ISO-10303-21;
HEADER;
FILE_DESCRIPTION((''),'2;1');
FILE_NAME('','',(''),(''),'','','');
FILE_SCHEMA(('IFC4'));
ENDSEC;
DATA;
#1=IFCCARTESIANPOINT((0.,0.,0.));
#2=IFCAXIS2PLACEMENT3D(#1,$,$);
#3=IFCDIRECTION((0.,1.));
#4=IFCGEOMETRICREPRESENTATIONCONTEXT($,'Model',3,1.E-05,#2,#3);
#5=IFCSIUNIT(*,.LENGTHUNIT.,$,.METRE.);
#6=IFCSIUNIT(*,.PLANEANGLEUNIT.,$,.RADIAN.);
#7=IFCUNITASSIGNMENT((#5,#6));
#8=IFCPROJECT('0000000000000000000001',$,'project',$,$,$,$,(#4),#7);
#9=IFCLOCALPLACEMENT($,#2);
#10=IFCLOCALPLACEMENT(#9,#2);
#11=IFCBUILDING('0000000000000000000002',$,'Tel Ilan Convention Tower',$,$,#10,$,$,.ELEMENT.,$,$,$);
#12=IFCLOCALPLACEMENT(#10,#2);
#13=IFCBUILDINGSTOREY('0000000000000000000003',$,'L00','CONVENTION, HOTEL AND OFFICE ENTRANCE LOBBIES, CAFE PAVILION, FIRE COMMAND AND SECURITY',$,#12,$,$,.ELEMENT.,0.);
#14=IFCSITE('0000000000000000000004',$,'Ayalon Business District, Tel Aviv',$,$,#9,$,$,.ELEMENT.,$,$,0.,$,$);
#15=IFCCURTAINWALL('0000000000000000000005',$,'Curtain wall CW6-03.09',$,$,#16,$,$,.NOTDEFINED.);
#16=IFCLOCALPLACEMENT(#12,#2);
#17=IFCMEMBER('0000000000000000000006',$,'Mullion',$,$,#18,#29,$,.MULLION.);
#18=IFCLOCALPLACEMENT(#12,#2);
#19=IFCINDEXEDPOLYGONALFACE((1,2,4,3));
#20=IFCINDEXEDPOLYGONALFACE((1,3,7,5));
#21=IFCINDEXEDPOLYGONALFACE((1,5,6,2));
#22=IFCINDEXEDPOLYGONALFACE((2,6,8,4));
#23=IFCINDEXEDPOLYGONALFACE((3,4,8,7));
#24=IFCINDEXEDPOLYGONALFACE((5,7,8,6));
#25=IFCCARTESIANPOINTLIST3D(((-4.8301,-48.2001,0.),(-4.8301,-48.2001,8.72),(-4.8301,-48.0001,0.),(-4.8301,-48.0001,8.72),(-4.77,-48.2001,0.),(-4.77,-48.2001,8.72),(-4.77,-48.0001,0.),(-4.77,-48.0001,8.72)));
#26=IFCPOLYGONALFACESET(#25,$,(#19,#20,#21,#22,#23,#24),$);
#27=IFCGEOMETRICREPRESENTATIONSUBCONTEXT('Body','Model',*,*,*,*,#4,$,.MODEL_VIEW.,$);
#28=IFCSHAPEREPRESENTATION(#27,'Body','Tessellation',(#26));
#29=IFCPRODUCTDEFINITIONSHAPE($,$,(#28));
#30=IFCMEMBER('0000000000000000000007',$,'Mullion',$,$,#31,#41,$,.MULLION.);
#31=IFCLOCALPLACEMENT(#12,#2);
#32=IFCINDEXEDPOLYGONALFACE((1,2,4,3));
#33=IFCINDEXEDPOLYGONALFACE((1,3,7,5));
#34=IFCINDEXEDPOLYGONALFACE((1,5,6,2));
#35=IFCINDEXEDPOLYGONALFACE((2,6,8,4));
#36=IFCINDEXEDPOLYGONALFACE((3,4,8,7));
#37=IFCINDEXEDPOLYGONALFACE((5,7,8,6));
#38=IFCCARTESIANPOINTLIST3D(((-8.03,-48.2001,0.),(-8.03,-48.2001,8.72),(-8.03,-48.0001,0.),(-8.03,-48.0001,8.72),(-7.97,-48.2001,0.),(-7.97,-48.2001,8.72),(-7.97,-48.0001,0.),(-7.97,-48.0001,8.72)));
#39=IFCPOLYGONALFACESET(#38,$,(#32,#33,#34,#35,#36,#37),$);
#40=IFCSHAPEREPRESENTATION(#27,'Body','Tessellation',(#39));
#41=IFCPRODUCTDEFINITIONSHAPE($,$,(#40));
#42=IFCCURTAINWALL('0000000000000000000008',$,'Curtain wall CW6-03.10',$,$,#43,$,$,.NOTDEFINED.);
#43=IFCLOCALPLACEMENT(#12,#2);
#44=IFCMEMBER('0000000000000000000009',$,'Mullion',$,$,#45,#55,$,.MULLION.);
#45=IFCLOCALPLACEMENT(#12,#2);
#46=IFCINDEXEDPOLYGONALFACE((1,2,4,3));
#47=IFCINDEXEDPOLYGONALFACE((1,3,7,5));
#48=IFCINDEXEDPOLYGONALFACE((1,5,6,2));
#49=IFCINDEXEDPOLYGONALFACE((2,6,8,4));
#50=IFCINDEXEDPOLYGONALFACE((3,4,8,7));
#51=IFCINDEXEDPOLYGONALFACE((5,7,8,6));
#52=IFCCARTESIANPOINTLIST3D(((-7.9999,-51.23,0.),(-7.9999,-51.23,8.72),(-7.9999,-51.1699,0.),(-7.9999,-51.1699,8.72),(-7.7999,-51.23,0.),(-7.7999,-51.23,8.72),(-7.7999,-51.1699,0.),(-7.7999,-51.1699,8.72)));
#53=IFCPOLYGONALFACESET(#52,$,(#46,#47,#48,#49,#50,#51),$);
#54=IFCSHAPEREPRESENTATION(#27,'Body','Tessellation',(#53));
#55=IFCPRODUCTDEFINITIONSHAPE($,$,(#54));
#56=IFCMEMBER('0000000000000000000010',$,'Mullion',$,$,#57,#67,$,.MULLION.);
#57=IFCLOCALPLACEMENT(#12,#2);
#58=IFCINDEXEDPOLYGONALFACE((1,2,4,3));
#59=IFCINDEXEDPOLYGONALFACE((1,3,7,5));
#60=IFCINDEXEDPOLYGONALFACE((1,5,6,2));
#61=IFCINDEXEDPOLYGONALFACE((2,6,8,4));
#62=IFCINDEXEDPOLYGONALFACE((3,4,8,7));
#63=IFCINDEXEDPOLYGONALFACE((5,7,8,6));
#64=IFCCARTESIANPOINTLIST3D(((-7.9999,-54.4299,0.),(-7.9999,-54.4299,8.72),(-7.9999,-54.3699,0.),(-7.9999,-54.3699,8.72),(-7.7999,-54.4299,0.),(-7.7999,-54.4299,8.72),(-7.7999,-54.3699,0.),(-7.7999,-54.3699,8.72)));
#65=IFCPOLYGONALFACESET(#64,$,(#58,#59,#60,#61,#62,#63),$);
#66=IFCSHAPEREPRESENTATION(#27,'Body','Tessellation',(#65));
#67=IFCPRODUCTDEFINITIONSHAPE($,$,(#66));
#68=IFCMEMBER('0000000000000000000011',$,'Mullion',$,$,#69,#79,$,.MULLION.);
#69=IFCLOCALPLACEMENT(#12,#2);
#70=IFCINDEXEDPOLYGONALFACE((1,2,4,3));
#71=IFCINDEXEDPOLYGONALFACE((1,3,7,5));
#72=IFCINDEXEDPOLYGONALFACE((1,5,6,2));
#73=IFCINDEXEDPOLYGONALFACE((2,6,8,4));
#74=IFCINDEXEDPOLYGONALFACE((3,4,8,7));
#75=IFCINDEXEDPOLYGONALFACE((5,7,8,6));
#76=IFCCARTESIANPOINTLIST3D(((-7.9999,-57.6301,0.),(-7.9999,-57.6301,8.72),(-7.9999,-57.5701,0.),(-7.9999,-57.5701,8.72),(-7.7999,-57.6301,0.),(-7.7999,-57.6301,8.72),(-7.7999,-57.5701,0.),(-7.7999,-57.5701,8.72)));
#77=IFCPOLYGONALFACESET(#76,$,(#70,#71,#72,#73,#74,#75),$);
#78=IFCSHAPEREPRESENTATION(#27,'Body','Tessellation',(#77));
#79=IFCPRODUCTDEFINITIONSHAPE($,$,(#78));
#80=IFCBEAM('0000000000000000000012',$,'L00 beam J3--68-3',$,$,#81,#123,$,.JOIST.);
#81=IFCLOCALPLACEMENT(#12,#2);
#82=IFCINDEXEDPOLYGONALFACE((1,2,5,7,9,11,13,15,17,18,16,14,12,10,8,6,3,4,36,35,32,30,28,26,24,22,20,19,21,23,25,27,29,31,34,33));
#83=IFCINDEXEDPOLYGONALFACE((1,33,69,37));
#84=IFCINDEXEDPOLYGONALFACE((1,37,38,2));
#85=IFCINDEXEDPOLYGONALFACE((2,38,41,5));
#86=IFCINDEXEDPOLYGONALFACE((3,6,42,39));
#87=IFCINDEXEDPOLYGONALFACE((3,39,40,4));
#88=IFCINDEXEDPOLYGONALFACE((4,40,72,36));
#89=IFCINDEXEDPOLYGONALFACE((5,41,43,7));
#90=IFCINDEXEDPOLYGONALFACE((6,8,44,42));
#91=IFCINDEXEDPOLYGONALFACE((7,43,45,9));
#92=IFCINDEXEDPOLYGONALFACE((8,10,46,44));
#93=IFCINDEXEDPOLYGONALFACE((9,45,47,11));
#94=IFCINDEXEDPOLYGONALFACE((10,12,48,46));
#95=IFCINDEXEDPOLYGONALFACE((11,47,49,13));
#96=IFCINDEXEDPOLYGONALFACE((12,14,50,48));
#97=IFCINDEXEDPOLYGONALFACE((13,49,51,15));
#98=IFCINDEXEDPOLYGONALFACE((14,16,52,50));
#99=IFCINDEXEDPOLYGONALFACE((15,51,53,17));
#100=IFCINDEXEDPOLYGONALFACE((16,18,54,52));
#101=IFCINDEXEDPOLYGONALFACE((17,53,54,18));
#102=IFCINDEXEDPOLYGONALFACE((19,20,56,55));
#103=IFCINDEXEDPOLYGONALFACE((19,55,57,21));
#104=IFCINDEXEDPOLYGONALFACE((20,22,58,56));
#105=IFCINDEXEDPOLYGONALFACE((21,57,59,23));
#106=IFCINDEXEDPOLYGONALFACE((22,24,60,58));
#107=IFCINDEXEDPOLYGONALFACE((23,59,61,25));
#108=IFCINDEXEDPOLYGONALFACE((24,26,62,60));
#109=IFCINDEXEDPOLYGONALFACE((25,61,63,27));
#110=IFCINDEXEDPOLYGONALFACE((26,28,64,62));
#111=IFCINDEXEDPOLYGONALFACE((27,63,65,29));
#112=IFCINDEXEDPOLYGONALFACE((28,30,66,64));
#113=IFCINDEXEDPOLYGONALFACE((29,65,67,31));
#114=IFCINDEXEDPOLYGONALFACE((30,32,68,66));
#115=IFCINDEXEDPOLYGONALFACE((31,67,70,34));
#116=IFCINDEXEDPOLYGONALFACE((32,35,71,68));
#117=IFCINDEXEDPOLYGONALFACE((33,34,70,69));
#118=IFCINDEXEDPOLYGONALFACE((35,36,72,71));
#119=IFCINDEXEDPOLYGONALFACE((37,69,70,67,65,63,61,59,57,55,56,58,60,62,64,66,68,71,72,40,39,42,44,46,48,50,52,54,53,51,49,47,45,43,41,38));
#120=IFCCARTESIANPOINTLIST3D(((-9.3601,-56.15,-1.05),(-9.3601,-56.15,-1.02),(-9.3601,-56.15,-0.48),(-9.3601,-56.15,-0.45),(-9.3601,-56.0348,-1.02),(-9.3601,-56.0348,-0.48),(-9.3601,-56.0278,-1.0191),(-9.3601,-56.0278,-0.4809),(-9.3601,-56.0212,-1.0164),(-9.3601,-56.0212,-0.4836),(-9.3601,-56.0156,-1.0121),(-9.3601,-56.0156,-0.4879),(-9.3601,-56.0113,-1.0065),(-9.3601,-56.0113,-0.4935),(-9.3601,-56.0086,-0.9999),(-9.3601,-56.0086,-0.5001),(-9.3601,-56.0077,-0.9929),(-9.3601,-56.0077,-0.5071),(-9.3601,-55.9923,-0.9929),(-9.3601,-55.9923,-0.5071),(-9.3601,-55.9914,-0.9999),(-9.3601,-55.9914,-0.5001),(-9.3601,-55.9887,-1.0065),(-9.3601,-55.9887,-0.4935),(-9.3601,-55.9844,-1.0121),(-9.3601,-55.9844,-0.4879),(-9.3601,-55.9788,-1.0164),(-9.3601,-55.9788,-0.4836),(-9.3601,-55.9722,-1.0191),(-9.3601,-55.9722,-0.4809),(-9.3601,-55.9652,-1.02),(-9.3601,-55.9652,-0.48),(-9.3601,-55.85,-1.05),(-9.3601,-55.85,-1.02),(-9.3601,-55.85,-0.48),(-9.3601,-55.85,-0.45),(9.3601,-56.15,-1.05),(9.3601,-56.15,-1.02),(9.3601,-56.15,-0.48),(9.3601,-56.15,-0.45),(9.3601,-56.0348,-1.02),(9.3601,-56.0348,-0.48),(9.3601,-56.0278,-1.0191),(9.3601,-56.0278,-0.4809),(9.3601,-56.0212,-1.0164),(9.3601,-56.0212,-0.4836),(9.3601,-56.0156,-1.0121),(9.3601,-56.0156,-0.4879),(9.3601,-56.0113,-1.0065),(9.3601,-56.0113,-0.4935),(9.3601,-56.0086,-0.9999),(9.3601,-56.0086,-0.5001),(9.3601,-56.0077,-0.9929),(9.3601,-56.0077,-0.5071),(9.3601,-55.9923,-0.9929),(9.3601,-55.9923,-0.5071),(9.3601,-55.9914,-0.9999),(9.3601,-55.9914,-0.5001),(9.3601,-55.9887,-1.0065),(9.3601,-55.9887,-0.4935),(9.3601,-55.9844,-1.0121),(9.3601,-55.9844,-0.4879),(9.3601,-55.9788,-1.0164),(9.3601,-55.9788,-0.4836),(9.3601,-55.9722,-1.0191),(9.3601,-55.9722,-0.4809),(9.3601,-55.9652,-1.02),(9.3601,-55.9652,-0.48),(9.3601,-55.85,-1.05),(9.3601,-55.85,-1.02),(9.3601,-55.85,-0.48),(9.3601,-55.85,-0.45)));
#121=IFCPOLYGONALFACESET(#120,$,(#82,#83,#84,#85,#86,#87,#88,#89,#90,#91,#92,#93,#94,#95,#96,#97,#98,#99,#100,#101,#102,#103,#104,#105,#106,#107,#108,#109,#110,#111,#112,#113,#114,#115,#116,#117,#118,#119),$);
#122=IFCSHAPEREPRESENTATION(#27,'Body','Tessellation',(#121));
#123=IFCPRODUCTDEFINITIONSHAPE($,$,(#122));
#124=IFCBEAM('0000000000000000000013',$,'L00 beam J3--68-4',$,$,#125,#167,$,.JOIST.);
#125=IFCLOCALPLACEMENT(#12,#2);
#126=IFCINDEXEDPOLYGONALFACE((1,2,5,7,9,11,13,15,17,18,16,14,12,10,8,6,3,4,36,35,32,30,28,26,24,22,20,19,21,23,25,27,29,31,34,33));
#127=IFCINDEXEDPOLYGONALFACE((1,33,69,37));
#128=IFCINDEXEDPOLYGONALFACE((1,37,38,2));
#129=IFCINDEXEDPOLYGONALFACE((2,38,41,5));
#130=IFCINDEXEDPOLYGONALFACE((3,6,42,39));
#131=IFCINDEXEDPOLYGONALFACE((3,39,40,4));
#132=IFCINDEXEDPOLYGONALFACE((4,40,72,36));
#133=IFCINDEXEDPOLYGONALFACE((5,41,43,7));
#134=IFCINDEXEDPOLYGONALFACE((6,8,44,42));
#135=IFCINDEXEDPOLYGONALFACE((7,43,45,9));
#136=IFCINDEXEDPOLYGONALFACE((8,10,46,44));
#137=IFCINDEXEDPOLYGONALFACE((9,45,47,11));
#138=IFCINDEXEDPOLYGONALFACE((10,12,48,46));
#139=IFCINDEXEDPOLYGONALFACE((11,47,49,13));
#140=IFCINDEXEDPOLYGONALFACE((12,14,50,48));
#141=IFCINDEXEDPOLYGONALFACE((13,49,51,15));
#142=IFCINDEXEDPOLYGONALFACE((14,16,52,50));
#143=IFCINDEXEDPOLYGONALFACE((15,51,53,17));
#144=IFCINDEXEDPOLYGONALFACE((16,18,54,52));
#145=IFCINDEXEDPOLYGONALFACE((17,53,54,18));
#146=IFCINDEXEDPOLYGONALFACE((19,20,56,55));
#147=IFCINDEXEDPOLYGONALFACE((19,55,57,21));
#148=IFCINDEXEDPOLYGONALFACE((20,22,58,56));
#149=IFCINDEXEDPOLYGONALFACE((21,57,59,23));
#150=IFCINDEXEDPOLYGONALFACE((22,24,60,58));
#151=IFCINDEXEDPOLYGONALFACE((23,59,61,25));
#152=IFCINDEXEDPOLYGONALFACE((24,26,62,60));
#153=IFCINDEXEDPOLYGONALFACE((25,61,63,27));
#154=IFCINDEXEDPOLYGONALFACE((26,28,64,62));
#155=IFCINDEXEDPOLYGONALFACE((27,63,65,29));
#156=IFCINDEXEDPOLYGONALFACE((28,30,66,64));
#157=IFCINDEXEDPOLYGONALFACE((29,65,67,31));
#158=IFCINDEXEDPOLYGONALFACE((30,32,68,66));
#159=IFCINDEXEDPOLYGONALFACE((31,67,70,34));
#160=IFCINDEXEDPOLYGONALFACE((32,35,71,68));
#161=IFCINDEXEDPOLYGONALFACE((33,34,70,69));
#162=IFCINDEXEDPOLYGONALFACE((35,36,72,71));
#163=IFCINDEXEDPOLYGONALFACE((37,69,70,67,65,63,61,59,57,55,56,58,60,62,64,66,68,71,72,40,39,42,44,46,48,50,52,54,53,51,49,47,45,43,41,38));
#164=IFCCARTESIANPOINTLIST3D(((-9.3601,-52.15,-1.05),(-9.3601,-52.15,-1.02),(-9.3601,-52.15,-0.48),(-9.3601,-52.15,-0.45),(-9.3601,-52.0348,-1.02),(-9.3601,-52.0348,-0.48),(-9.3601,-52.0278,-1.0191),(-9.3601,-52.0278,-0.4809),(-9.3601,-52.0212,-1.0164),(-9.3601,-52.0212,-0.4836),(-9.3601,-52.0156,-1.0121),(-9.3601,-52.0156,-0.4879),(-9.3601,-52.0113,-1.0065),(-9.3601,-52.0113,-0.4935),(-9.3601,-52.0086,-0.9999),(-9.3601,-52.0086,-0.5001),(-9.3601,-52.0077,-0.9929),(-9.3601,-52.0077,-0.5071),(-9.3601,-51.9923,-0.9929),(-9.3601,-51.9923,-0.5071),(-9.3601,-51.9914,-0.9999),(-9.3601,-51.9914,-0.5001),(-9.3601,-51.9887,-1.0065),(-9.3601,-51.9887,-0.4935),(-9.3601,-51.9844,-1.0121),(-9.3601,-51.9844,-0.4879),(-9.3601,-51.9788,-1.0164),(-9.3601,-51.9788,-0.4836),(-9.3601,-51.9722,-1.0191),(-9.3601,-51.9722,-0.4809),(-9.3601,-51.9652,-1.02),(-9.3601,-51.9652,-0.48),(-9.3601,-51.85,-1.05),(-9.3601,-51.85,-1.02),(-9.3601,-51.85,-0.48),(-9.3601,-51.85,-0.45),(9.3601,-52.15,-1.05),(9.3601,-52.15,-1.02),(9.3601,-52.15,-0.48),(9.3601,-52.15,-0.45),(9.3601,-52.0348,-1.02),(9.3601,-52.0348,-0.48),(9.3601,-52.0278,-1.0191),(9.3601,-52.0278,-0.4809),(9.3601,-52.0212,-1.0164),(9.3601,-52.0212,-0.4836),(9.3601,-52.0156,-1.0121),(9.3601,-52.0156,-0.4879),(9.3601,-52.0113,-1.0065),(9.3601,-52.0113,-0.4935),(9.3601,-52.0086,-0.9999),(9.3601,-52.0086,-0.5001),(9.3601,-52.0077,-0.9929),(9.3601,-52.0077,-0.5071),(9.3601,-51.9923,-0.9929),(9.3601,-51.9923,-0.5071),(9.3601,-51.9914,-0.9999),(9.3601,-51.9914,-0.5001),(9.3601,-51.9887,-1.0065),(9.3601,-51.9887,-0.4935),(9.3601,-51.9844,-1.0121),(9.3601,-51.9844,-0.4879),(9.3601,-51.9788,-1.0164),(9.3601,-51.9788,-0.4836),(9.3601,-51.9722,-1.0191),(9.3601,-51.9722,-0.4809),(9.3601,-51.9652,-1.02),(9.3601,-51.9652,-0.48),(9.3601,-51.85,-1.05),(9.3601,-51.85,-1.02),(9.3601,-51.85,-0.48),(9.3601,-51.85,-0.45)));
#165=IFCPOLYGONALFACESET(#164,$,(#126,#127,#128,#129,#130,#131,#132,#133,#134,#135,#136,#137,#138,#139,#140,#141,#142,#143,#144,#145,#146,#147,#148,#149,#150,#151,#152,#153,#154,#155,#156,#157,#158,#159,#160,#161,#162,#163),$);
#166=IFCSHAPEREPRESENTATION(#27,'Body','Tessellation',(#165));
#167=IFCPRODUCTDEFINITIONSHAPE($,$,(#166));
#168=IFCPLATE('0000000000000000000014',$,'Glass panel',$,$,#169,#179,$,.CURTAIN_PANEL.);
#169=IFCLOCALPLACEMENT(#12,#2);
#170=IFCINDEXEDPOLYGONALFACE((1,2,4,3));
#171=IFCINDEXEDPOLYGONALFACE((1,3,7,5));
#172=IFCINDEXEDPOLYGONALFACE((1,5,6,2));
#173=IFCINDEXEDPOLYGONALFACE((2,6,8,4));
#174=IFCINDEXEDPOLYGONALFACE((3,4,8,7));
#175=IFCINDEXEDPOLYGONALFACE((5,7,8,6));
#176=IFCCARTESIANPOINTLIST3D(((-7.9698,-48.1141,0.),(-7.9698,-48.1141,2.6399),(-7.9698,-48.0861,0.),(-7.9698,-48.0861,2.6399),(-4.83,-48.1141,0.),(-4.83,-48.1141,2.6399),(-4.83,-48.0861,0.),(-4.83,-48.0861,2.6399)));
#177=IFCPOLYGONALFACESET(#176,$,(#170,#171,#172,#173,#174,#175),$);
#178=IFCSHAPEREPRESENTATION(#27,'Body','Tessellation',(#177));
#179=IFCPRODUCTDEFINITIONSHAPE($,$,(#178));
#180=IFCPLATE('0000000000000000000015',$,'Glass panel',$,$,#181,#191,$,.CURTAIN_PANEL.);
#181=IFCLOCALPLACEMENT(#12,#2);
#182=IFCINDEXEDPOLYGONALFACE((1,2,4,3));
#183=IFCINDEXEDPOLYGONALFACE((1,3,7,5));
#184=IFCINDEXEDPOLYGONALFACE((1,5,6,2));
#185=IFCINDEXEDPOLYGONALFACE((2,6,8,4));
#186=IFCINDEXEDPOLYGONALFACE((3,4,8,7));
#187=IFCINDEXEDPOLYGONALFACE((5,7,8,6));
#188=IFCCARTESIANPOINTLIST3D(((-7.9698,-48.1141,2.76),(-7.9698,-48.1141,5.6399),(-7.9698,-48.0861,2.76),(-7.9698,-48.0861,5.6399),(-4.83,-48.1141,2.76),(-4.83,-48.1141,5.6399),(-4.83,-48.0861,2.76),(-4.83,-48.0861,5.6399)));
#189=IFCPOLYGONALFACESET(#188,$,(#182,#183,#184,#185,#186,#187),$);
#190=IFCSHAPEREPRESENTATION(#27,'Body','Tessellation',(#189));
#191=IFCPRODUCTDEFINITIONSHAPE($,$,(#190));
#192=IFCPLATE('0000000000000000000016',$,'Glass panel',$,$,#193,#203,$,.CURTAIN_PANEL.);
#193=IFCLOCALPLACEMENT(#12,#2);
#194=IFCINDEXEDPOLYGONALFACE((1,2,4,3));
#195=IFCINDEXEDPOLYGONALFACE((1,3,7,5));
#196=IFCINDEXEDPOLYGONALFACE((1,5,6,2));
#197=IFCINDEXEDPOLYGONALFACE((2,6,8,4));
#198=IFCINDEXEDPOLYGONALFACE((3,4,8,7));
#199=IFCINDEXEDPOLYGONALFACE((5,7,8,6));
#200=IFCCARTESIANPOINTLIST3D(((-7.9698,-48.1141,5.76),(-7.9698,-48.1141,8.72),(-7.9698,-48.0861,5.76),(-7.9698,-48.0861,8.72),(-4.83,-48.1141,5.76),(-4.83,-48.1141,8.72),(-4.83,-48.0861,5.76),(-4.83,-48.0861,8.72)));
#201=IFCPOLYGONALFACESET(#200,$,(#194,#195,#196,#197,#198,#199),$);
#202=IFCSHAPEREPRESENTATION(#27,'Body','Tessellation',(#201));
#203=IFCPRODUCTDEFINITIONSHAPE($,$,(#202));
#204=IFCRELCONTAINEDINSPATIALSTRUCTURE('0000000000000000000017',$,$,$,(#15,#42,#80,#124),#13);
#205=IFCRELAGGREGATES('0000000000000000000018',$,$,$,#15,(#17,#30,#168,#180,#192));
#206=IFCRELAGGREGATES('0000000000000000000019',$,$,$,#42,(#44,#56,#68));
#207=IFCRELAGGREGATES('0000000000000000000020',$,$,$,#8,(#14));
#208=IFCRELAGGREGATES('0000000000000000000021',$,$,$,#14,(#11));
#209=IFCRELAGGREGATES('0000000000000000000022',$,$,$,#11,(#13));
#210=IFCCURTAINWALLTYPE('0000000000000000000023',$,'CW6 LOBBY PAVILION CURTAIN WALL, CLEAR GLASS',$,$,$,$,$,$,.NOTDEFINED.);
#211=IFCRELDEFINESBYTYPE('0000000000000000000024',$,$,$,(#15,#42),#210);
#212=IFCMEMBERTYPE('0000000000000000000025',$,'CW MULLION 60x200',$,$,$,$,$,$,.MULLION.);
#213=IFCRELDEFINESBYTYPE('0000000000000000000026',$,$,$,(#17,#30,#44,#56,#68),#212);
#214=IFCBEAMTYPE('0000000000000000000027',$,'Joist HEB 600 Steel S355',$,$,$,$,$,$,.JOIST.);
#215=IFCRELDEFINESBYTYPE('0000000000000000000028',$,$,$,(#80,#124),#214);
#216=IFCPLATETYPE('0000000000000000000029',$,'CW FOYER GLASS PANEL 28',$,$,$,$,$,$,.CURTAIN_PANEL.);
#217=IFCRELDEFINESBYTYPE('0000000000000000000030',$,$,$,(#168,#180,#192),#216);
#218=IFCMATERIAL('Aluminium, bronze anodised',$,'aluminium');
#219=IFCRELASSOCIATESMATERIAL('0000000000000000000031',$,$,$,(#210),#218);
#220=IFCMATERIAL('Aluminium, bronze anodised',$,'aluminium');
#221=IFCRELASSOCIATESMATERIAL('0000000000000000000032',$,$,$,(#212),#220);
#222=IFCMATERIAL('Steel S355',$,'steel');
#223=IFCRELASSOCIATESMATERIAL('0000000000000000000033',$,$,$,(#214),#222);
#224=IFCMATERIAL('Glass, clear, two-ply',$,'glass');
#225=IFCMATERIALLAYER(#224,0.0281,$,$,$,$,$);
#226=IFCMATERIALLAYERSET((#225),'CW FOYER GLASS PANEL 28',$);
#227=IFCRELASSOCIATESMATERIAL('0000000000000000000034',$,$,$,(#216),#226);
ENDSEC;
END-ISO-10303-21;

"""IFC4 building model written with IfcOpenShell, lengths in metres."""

from ifc_helpers import new_model, si_unit, direction, frame, origin, origin_2d, place, context, subcontext, project, spatial, rectangle, i_section, extrude, material, layer, layer_set, material_profile, profile_set, type_object, element, aggregate, save


model = new_model("IFC4")

# Units and contexts
model_context = context("Model", 3, precision=1e-05, world=origin(), true_north=direction((0.0, 1.0)))
body_context = subcontext(model_context, "Body", "Model", "MODEL_VIEW")
ifc_project = project(units=[si_unit("LENGTHUNIT", "METRE"), si_unit("PLANEANGLEUNIT", "RADIAN")], contexts=[model_context])

# Site, building, storey
site_placement = place(None, origin())
site = spatial("IfcSite", under=ifc_project, at=site_placement, Name="Ayalon Business District, Tel Aviv", CompositionType="ELEMENT", RefElevation=0.0)
building_placement = place(site_placement, origin())
building = spatial("IfcBuilding", under=site, at=building_placement, Name="Tel Ilan Convention Tower", CompositionType="ELEMENT")
storey_placement = place(building_placement, origin())
storey = spatial("IfcBuildingStorey", under=building, at=storey_placement, Name="L00", Description="CONVENTION, HOTEL AND OFFICE ENTRANCE LOBBIES, CAFE PAVILION, FIRE COMMAND AND SECURITY", CompositionType="ELEMENT", Elevation=0.0)

# Curtain walls, members
ifc_material_1 = material(Name="Aluminium, bronze anodised", Category="aluminium")
curtain_wall_type = type_object("IfcCurtainWallType", Name="CW6 LOBBY PAVILION CURTAIN WALL, CLEAR GLASS", PredefinedType="NOTDEFINED", material=ifc_material_1)
curtain_wall_1_placement = place(storey_placement, origin())
curtain_wall_1 = element("IfcCurtainWall", 1, at=curtain_wall_1_placement, inside=storey, type_object=curtain_wall_type, Name="Curtain wall CW6-03.09", PredefinedType="NOTDEFINED")
ifc_material_2 = material(Name="Aluminium, bronze anodised", Category="aluminium")
ifc_material_profile_1 = material_profile(ifc_material_2, rectangle(XDim=0.0601, YDim=0.2, at=origin_2d()), Name="CW MULLION 60x200")
ifc_profile_set_1 = profile_set([ifc_material_profile_1], Name="Aluminium, bronze anodised")
member_type = type_object("IfcMemberType", Name="CW MULLION 60x200", PredefinedType="MULLION", material=ifc_profile_set_1)
member_1_placement = place(storey_placement, frame((-4.8, -48.1001, 0.0), z_axis=(0.0, 0.0, 1.0), x_axis=(-1.0, 0.0, 0.0)))
member_1 = element("IfcMember", 2, at=member_1_placement, type_object=member_type, Name="Mullion", PredefinedType="MULLION", context=body_context, shape_type="SweptSolid", body=[
    extrude(rectangle(XDim=0.0601, YDim=0.2, at=origin_2d()), origin(), (0.0, 0.0, 1.0), 8.72),
])
member_2_placement = place(storey_placement, frame((-8.0, -48.1001, 0.0), z_axis=(0.0, 0.0, 1.0), x_axis=(-1.0, 0.0, 0.0)))
member_2 = element("IfcMember", 3, at=member_2_placement, type_object=member_type, Name="Mullion", PredefinedType="MULLION", context=body_context, shape_type="SweptSolid", body=[
    extrude(rectangle(XDim=0.0601, YDim=0.2, at=origin_2d()), origin(), (0.0, 0.0, 1.0), 8.72),
])
curtain_wall_2_placement = place(storey_placement, origin())
curtain_wall_2 = element("IfcCurtainWall", 4, at=curtain_wall_2_placement, inside=storey, type_object=curtain_wall_type, Name="Curtain wall CW6-03.10", PredefinedType="NOTDEFINED")
member_3_placement = place(storey_placement, frame((-7.8999, -51.2, 0.0), z_axis=(0.0, 0.0, 1.0), x_axis=(0.0, -1.0, 0.0)))
member_3 = element("IfcMember", 5, at=member_3_placement, type_object=member_type, Name="Mullion", PredefinedType="MULLION", context=body_context, shape_type="SweptSolid", body=[
    extrude(rectangle(XDim=0.0601, YDim=0.2, at=origin_2d()), origin(), (0.0, 0.0, 1.0), 8.72),
])
member_4_placement = place(storey_placement, frame((-7.8999, -54.3999, 0.0), z_axis=(0.0, 0.0, 1.0), x_axis=(0.0, -1.0, 0.0)))
member_4 = element("IfcMember", 6, at=member_4_placement, type_object=member_type, Name="Mullion", PredefinedType="MULLION", context=body_context, shape_type="SweptSolid", body=[
    extrude(rectangle(XDim=0.0601, YDim=0.2, at=origin_2d()), origin(), (0.0, 0.0, 1.0), 8.72),
])
member_5_placement = place(storey_placement, frame((-7.8999, -57.6001, 0.0), z_axis=(0.0, 0.0, 1.0), x_axis=(0.0, -1.0, 0.0)))
member_5 = element("IfcMember", 7, at=member_5_placement, type_object=member_type, Name="Mullion", PredefinedType="MULLION", context=body_context, shape_type="SweptSolid", body=[
    extrude(rectangle(XDim=0.0601, YDim=0.2, at=origin_2d()), origin(), (0.0, 0.0, 1.0), 8.72),
])

# Beams
ifc_material_3 = material(Name="Steel S355", Category="steel")
ifc_material_profile_2 = material_profile(ifc_material_3, i_section(OverallWidth=0.3, OverallDepth=0.6001, WebThickness=0.0154, FlangeThickness=0.03, FilletRadius=0.0271, at=origin_2d()), Name="HEB 600")
ifc_profile_set_2 = profile_set([ifc_material_profile_2], Name="Steel S355")
beam_type = type_object("IfcBeamType", Name="Joist HEB 600 Steel S355", PredefinedType="JOIST", material=ifc_profile_set_2)
for number, where, z_axis, x_axis, name in (
    (8, (-9.3601, -56.0, -0.75), (1.0, 0.0, 0.0), (0.0, 1.0, 0.0), "L00 beam J3--68-3"),
    (9, (-9.3601, -52.0, -0.75), (1.0, 0.0, 0.0), (0.0, 1.0, 0.0), "L00 beam J3--68-4"),
):
    element("IfcBeam", number, at=place(storey_placement, frame(where, z_axis=z_axis, x_axis=x_axis)), inside=storey, type_object=beam_type, Name=name, PredefinedType="JOIST", context=body_context, shape_type="SweptSolid", body=[
        extrude(i_section(OverallWidth=0.3, OverallDepth=0.6001, WebThickness=0.0154, FlangeThickness=0.03, FilletRadius=0.0271, at=origin_2d()), origin(), (0.0, 0.0, 1.0), 18.7202),
    ])

# Plates
ifc_material_4 = material(Name="Glass, clear, two-ply", Category="glass")
ifc_layer = layer(ifc_material_4, 0.0281)
ifc_layer_set = layer_set([ifc_layer], Name="CW FOYER GLASS PANEL 28")
plate_type = type_object("IfcPlateType", Name="CW FOYER GLASS PANEL 28", PredefinedType="CURTAIN_PANEL", material=ifc_layer_set)
plate_1_placement = place(storey_placement, frame((-6.3999, -48.1001, 0.0), z_axis=(0.0, 0.0, 1.0), x_axis=(-1.0, 0.0, 0.0)))
plate_1 = element("IfcPlate", 10, at=plate_1_placement, type_object=plate_type, Name="Glass panel", PredefinedType="CURTAIN_PANEL", context=body_context, shape_type="SweptSolid", body=[
    extrude(rectangle(XDim=3.1399, YDim=0.0281, at=origin_2d()), origin(), (0.0, 0.0, 1.0), 2.6399),
])
plate_2_placement = place(storey_placement, frame((-6.3999, -48.1001, 2.76), z_axis=(0.0, 0.0, 1.0), x_axis=(-1.0, 0.0, 0.0)))
plate_2 = element("IfcPlate", 11, at=plate_2_placement, type_object=plate_type, Name="Glass panel", PredefinedType="CURTAIN_PANEL", context=body_context, shape_type="SweptSolid", body=[
    extrude(rectangle(XDim=3.1399, YDim=0.0281, at=origin_2d()), origin(), (0.0, 0.0, 1.0), 2.8799),
])
plate_3_placement = place(storey_placement, frame((-6.3999, -48.1001, 5.76), z_axis=(0.0, 0.0, 1.0), x_axis=(-1.0, 0.0, 0.0)))
plate_3 = element("IfcPlate", 12, at=plate_3_placement, type_object=plate_type, Name="Glass panel", PredefinedType="CURTAIN_PANEL", context=body_context, shape_type="SweptSolid", body=[
    extrude(rectangle(XDim=3.1399, YDim=0.0281, at=origin_2d()), origin(), (0.0, 0.0, 1.0), 2.96),
])
aggregate(curtain_wall_1, [member_1, member_2, plate_1, plate_2, plate_3])
aggregate(curtain_wall_2, [member_3, member_4, member_5])

save(model, "model.ifc")
